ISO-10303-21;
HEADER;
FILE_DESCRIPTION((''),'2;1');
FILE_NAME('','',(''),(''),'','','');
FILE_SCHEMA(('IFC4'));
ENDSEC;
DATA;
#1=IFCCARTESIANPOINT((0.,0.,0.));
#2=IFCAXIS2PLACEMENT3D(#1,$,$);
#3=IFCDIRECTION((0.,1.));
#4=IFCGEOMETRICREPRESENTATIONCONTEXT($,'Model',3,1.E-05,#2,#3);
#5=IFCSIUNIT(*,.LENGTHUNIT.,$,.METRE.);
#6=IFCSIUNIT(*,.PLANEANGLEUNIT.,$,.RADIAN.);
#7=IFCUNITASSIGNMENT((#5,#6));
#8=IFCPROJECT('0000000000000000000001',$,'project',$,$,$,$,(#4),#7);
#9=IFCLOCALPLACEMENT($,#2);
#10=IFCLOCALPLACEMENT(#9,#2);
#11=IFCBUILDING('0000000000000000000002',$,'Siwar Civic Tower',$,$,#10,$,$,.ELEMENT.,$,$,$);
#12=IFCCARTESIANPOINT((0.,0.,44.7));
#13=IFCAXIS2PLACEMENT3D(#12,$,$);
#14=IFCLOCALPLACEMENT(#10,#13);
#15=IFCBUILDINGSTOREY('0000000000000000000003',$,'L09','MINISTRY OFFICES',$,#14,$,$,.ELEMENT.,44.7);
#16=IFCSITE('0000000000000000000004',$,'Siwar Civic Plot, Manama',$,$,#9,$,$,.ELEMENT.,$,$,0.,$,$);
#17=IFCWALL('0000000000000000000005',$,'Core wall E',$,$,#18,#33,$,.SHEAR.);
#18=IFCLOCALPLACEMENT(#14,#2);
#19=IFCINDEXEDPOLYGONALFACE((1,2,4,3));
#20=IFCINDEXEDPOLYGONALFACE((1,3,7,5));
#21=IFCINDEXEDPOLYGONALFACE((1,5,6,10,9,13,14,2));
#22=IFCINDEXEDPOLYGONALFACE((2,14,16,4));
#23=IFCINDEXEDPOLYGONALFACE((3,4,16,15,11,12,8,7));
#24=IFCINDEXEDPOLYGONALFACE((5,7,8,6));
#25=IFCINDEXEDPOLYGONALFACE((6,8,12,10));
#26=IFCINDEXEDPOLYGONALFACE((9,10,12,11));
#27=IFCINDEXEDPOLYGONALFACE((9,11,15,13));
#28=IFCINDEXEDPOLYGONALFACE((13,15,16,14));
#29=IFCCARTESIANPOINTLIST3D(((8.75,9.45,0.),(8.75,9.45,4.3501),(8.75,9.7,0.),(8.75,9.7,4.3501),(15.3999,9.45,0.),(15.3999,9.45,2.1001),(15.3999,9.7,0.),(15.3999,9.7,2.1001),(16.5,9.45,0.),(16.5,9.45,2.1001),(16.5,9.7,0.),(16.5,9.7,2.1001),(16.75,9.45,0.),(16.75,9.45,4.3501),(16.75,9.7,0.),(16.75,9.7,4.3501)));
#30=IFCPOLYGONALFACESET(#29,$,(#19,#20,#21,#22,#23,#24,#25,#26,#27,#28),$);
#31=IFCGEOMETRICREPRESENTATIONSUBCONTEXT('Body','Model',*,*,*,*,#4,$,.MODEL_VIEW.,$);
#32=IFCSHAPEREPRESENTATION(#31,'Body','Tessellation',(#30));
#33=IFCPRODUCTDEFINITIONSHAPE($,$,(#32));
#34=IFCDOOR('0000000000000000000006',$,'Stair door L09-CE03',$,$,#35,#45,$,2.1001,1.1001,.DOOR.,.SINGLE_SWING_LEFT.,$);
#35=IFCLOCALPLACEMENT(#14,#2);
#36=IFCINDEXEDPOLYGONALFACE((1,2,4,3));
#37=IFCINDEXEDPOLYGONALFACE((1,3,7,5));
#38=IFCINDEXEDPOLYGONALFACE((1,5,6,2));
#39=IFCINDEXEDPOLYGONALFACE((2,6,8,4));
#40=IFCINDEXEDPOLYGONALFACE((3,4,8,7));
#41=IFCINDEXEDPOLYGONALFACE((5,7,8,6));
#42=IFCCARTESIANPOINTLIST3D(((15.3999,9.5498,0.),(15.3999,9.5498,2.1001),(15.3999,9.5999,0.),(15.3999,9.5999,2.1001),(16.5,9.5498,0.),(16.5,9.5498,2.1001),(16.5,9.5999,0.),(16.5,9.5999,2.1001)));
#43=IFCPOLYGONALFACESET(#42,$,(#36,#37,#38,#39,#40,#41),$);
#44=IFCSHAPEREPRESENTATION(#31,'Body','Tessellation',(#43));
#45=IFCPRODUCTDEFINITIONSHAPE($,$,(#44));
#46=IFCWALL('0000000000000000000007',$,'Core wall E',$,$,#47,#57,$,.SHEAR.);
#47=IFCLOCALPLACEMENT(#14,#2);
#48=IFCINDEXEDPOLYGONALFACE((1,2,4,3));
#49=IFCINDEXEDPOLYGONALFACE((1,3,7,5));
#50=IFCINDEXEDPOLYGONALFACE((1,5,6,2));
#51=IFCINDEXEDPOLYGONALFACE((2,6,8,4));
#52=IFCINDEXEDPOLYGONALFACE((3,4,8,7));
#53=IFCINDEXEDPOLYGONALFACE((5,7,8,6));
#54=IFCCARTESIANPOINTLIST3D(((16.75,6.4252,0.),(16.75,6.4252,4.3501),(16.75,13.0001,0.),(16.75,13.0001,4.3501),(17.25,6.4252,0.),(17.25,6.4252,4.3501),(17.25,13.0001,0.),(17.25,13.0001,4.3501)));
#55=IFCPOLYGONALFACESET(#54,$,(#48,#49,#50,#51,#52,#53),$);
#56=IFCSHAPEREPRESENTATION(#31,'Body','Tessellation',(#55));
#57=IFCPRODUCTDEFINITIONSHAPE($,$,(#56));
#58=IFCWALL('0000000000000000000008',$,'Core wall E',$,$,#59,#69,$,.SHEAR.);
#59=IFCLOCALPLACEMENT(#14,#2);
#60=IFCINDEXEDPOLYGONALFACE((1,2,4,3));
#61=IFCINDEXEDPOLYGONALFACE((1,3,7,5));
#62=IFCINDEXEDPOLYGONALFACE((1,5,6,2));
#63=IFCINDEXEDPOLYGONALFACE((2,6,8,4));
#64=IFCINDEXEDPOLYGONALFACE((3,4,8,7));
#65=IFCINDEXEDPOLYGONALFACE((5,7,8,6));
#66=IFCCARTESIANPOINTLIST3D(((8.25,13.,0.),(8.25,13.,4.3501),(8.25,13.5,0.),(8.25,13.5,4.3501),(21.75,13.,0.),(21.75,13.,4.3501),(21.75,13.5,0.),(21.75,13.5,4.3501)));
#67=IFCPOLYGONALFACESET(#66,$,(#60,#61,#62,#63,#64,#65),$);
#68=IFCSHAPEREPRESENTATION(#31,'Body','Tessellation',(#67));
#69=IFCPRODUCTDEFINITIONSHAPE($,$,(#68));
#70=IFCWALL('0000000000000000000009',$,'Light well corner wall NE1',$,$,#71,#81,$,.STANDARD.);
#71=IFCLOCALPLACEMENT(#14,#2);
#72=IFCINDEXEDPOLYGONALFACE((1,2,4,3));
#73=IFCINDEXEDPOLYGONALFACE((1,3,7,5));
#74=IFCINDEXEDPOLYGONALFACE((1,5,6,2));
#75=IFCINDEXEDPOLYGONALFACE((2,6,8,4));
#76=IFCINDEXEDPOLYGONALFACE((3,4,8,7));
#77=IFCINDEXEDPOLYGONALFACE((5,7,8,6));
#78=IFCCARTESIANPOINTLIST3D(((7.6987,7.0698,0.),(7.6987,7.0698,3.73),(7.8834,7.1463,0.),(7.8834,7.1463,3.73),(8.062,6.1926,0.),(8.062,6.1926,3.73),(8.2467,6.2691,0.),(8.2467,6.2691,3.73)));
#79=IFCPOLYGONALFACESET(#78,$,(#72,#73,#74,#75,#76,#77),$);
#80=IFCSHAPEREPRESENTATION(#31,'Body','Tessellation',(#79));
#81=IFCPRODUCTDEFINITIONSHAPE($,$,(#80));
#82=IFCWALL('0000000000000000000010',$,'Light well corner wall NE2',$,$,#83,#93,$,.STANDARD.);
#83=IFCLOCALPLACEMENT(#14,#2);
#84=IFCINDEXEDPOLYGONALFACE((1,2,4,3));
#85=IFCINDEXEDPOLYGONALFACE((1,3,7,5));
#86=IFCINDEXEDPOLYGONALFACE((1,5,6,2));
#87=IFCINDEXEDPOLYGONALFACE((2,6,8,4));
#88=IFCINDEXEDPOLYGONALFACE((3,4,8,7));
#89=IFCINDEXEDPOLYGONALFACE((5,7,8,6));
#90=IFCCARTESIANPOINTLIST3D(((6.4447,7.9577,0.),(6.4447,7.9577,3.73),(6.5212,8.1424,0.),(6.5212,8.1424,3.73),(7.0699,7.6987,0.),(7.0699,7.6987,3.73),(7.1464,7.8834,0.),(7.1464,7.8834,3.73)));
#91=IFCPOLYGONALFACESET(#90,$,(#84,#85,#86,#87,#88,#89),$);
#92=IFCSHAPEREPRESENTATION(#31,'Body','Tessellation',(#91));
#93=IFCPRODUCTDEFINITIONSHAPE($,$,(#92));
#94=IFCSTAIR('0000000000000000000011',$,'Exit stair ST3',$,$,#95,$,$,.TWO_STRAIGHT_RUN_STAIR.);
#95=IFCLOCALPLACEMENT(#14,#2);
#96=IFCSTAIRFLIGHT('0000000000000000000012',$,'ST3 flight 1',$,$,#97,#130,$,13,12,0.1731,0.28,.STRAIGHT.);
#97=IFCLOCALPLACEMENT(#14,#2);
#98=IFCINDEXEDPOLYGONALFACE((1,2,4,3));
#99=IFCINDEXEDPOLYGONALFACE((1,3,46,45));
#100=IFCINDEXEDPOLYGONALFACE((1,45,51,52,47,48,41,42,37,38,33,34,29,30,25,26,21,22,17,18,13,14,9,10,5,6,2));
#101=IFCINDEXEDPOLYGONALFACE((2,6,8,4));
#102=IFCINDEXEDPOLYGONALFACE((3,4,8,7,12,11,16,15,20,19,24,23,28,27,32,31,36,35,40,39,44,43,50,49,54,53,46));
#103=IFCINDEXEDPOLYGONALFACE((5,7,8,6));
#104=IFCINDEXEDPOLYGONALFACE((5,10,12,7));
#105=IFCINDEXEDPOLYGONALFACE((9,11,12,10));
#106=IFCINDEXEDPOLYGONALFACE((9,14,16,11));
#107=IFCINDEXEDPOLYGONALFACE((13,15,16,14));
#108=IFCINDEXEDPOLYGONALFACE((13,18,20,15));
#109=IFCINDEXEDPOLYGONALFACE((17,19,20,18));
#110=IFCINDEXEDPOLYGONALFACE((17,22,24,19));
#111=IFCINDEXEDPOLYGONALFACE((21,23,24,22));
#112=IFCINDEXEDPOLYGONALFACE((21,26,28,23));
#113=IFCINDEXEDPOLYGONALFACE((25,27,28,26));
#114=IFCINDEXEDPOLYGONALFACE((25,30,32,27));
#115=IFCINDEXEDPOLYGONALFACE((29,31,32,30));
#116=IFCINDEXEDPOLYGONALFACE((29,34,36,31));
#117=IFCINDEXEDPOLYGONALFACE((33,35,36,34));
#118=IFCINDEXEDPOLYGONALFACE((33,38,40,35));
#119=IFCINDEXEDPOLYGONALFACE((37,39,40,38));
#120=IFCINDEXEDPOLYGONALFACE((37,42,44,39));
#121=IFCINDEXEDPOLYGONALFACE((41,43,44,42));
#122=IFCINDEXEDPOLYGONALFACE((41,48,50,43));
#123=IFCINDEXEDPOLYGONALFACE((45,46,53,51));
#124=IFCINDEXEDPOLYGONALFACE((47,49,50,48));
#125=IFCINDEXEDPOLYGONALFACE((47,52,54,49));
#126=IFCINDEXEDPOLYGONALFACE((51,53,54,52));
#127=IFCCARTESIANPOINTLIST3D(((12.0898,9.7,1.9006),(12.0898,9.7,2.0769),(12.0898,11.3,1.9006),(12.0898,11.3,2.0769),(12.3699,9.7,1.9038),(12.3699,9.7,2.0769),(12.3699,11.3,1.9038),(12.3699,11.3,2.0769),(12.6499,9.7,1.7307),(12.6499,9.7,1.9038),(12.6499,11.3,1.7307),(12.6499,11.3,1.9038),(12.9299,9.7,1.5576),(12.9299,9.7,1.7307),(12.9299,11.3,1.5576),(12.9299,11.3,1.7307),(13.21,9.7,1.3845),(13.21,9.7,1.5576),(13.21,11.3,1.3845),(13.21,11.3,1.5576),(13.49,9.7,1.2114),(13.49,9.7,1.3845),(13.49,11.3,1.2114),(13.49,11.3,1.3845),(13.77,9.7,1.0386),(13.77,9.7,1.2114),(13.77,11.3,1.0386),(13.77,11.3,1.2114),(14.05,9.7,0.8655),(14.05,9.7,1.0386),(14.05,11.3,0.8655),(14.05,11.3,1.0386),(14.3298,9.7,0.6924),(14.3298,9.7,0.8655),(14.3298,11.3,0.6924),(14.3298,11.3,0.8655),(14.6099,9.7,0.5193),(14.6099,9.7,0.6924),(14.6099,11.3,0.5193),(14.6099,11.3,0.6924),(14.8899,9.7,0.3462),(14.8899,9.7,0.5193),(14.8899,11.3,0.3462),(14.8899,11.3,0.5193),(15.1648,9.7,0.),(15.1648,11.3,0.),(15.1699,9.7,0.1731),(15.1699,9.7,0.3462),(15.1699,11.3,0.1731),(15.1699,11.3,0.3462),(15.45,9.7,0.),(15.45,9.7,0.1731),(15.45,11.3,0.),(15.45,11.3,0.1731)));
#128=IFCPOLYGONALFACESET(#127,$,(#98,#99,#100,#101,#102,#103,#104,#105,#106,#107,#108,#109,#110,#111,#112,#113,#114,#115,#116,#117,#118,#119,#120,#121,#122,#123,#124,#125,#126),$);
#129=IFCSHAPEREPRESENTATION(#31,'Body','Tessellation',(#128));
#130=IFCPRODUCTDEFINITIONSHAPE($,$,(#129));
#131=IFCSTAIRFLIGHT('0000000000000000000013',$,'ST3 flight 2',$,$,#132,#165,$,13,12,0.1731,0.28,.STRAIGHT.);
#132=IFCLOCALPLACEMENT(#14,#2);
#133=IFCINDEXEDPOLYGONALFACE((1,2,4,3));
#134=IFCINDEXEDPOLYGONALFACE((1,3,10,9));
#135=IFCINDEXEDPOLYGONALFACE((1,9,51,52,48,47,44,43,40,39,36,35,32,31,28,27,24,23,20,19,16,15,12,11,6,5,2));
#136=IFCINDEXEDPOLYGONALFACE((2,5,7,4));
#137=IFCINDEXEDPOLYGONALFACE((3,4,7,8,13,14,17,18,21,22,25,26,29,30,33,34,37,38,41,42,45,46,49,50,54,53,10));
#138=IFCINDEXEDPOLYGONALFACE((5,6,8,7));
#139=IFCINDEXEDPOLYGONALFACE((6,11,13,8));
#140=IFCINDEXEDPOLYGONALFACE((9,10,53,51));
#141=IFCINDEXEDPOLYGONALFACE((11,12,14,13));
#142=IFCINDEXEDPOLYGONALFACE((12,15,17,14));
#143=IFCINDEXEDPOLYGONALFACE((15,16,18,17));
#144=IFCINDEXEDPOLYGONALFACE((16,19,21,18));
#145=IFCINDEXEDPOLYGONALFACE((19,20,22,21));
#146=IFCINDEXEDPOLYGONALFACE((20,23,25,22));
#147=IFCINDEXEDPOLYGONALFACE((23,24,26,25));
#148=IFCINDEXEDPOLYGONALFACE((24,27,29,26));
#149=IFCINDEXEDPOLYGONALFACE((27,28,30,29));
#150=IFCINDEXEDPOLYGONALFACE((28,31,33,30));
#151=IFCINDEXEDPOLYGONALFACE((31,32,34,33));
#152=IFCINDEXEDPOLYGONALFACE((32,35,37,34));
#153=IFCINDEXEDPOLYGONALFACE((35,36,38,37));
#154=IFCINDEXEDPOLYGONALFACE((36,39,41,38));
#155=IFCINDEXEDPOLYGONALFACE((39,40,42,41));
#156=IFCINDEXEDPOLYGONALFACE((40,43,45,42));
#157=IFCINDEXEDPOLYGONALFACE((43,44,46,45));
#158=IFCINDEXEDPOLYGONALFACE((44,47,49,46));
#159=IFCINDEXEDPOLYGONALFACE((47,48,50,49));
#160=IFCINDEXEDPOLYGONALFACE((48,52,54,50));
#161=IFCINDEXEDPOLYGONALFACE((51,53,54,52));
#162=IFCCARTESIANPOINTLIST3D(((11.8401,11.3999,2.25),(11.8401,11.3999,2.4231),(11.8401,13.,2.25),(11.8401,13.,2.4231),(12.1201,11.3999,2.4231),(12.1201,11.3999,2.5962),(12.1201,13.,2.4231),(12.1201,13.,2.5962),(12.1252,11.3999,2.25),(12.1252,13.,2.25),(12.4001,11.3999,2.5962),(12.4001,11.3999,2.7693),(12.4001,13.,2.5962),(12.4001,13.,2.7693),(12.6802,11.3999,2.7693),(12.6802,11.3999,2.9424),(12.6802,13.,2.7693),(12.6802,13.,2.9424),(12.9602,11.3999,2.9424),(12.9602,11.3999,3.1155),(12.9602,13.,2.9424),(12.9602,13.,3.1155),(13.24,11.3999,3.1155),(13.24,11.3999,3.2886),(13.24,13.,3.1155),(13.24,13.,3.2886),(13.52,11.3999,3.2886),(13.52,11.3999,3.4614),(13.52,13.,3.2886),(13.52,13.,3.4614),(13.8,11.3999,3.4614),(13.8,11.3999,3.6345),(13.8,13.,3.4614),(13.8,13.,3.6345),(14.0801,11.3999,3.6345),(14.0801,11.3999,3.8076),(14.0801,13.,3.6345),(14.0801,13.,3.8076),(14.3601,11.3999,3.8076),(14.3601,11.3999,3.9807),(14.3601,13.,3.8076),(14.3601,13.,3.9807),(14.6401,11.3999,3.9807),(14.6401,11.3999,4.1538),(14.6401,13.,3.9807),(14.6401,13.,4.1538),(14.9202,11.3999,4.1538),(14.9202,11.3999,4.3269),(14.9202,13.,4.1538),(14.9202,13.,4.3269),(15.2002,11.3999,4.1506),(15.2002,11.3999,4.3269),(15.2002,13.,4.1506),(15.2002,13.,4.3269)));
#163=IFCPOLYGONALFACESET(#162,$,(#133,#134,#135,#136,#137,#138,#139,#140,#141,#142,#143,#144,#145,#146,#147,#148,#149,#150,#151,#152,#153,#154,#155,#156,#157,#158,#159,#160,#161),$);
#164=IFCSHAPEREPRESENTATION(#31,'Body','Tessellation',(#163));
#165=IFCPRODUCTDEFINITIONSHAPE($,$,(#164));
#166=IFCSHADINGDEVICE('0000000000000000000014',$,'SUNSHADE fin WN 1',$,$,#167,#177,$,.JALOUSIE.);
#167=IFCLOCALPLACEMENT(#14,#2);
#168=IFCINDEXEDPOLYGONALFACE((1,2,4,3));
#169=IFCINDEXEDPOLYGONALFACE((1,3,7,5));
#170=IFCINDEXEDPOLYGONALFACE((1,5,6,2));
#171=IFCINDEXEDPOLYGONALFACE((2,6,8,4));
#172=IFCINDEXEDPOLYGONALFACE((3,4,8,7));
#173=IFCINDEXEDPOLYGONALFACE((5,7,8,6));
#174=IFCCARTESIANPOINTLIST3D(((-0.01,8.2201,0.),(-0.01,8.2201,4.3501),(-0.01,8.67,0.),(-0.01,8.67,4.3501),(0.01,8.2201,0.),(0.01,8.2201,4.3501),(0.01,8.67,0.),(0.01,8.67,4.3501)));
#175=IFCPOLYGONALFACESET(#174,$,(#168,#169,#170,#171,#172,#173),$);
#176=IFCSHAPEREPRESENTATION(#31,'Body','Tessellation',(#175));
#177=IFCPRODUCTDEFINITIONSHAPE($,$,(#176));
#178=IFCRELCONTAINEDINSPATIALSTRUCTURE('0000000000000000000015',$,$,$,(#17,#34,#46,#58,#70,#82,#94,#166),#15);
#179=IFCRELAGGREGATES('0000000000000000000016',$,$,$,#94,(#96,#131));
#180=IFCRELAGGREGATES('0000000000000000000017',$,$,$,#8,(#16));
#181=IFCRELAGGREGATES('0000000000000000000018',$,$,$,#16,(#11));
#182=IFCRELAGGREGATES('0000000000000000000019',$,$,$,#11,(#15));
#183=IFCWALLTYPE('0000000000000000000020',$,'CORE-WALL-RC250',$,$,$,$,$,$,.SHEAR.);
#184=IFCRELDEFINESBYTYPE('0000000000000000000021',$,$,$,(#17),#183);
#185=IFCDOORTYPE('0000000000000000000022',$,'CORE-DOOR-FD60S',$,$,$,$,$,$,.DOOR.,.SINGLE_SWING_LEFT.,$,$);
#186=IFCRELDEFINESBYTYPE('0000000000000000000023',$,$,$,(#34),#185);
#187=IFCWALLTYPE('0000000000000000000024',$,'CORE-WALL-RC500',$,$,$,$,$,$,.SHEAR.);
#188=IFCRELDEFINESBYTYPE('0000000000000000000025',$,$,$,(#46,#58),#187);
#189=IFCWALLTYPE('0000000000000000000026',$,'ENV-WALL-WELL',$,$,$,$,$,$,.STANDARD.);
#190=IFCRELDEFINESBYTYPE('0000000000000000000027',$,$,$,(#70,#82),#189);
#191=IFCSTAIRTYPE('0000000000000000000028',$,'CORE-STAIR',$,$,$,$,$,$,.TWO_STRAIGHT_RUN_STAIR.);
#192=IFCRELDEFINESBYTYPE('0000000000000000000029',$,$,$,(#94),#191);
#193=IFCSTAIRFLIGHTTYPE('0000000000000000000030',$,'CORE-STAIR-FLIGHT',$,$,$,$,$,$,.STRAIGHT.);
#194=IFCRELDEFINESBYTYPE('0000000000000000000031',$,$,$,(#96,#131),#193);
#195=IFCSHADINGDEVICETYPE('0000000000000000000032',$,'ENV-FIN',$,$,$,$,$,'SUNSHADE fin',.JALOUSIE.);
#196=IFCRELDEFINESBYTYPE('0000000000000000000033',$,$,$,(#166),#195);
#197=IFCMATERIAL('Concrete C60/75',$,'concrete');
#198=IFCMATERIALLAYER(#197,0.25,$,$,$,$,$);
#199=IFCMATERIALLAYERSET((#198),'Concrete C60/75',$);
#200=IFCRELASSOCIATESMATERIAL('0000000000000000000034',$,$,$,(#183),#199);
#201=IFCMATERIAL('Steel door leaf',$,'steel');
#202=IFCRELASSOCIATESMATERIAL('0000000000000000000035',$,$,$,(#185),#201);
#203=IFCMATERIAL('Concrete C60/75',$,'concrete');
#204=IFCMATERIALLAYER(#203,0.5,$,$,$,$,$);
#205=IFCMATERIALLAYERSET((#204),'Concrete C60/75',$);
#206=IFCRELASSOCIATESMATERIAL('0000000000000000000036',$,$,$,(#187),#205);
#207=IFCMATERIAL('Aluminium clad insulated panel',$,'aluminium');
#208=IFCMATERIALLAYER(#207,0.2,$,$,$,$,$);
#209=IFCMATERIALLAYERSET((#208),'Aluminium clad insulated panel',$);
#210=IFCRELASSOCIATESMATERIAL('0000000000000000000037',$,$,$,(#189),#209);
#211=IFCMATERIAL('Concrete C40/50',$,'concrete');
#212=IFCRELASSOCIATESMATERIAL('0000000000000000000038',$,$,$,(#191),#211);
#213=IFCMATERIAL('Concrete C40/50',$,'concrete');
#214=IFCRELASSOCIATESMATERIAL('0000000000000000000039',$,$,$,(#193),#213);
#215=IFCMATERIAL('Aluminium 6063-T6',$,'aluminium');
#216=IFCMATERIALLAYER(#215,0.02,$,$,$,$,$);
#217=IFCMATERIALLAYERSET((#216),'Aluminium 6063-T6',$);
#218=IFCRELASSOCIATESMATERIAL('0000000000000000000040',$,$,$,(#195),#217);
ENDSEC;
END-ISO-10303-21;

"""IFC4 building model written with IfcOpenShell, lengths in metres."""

from ifc_helpers import new_model, si_unit, direction, frame, frame_2d, origin, origin_2d, place, context, subcontext, project, spatial, polyline, rectangle, outline, extrude, material, layer, layer_set, type_object, element, fill, aggregate, save


model = new_model("IFC4")

# Units and contexts
model_context = context("Model", 3, precision=1e-05, world=origin(), true_north=direction((0.0, 1.0)))
body_context = subcontext(model_context, "Body", "Model", "MODEL_VIEW")
ifc_project = project(units=[si_unit("LENGTHUNIT", "METRE"), si_unit("PLANEANGLEUNIT", "RADIAN")], contexts=[model_context])

# Site, building, storey
site_placement = place(None, origin())
site = spatial("IfcSite", under=ifc_project, at=site_placement, Name="Siwar Civic Plot, Manama", CompositionType="ELEMENT", RefElevation=0.0)
building_placement = place(site_placement, origin())
building = spatial("IfcBuilding", under=site, at=building_placement, Name="Siwar Civic Tower", CompositionType="ELEMENT")
storey_placement = place(building_placement, frame((0.0, 0.0, 44.7)))
storey = spatial("IfcBuildingStorey", under=building, at=storey_placement, Name="L09", Description="MINISTRY OFFICES", CompositionType="ELEMENT", Elevation=44.7)

# Shared definitions
ifc_material_1 = material(Name="Concrete C60/75", Category="concrete")
ifc_layer_1 = layer(ifc_material_1, 0.25)
ifc_layer_set_1 = layer_set([ifc_layer_1], Name="Concrete C60/75")
wall_type_1 = type_object("IfcWallType", Name="CORE-WALL-RC250", PredefinedType="SHEAR", material=ifc_layer_set_1)

# Wall, opening, door
wall_1_placement = place(storey_placement, frame((8.75, 9.575, 0.0), z_axis=(0.0, 0.0, 1.0), x_axis=(1.0, 0.0, 0.0)))
wall_1 = element("IfcWall", 1, at=wall_1_placement, inside=storey, type_object=wall_type_1, Name="Core wall E", PredefinedType="SHEAR", context=body_context, shape_type="SweptSolid", body=[
    extrude(rectangle(XDim=8.0, YDim=0.25, at=frame_2d((4.0, 0.0))), origin(), (0.0, 0.0, 1.0), 4.3501),
])
opening_1_placement = place(wall_1_placement, frame((6.6499, 0.0, 0.0)))
opening_1 = element("IfcOpeningElement", 2, at=opening_1_placement, cuts=wall_1, PredefinedType="OPENING", context=body_context, shape_type="SweptSolid", body=[
    extrude(rectangle(XDim=1.1001, YDim=2.1001, at=frame_2d((0.55, 1.05))), frame((0.0, 0.135, 0.0), z_axis=(0.0, -1.0, 0.0), x_axis=(1.0, 0.0, 0.0)), (0.0, 0.0, 1.0), 0.27),
])
ifc_material_2 = material(Name="Steel door leaf", Category="steel")
door_type_1 = type_object("IfcDoorType", Name="CORE-DOOR-FD60S", OperationType="SINGLE_SWING_LEFT", PredefinedType="DOOR", material=ifc_material_2)
door_1_placement = place(opening_1_placement, origin())
door_1 = element("IfcDoor", 3, at=door_1_placement, inside=storey, type_object=door_type_1, Name="Stair door L09-CE03", OperationType="SINGLE_SWING_LEFT", OverallHeight=2.1001, OverallWidth=1.1001, PredefinedType="DOOR", context=body_context, shape_type="SweptSolid", body=[
    extrude(rectangle(XDim=1.1001, YDim=2.1001, at=frame_2d((0.55, 1.05))), frame((0.0, 0.0249, 0.0), z_axis=(0.0, -1.0, 0.0), x_axis=(1.0, 0.0, 0.0)), (0.0, 0.0, 1.0), 0.05),
])
fill(opening_1, door_1)

# Walls
ifc_material_3 = material(Name="Concrete C60/75", Category="concrete")
ifc_layer_2 = layer(ifc_material_3, 0.5)
ifc_layer_set_2 = layer_set([ifc_layer_2], Name="Concrete C60/75")
wall_type_2 = type_object("IfcWallType", Name="CORE-WALL-RC500", PredefinedType="SHEAR", material=ifc_layer_set_2)
wall_2_placement = place(storey_placement, frame((17.0, 6.425, 0.0), z_axis=(0.0, 0.0, 1.0), x_axis=(0.0, 1.0, 0.0)))
element("IfcWall", 4, at=wall_2_placement, inside=storey, type_object=wall_type_2, Name="Core wall E", PredefinedType="SHEAR", context=body_context, shape_type="SweptSolid", body=[
    extrude(rectangle(XDim=6.575, YDim=0.5, at=frame_2d((3.2876, 0.0))), origin(), (0.0, 0.0, 1.0), 4.3501),
])
wall_3_placement = place(storey_placement, frame((8.25, 13.25, 0.0), z_axis=(0.0, 0.0, 1.0), x_axis=(1.0, 0.0, 0.0)))
element("IfcWall", 5, at=wall_3_placement, inside=storey, type_object=wall_type_2, Name="Core wall E", PredefinedType="SHEAR", context=body_context, shape_type="SweptSolid", body=[
    extrude(rectangle(XDim=13.5, YDim=0.5, at=frame_2d((6.75, 0.0))), origin(), (0.0, 0.0, 1.0), 4.3501),
])
ifc_material_4 = material(Name="Aluminium clad insulated panel", Category="aluminium")
ifc_layer_3 = layer(ifc_material_4, 0.2)
ifc_layer_set_3 = layer_set([ifc_layer_3], Name="Aluminium clad insulated panel")
wall_type_3 = type_object("IfcWallType", Name="ENV-WALL-WELL", PredefinedType="STANDARD", material=ifc_layer_set_3)
wall_4_placement = place(storey_placement, frame((8.1543, 6.231, 0.0), z_axis=(0.0, 0.0, 1.0), x_axis=(-0.382624, 0.923904, 0.0)))
element("IfcWall", 6, at=wall_4_placement, inside=storey, type_object=wall_type_3, Name="Light well corner wall NE1", PredefinedType="STANDARD", context=body_context, shape_type="SweptSolid", body=[
    extrude(rectangle(XDim=0.9495, YDim=0.2, at=frame_2d((0.4746, 0.0))), origin(), (0.0, 0.0, 1.0), 3.73),
])
wall_5_placement = place(storey_placement, frame((7.1082, 7.791, 0.0), z_axis=(0.0, 0.0, 1.0), x_axis=(-0.923854, 0.382745, 0.0)))
element("IfcWall", 7, at=wall_5_placement, inside=storey, type_object=wall_type_3, Name="Light well corner wall NE2", PredefinedType="STANDARD", context=body_context, shape_type="SweptSolid", body=[
    extrude(rectangle(XDim=0.6768, YDim=0.2, at=frame_2d((0.3384, 0.0))), origin(), (0.0, 0.0, 1.0), 3.73),
])

# Stair, stair flights
ifc_material_5 = material(Name="Concrete C40/50", Category="concrete")
stair_type = type_object("IfcStairType", Name="CORE-STAIR", PredefinedType="TWO_STRAIGHT_RUN_STAIR", material=ifc_material_5)
stair_placement = place(storey_placement, origin())
stair = element("IfcStair", 8, at=stair_placement, inside=storey, type_object=stair_type, Name="Exit stair ST3", PredefinedType="TWO_STRAIGHT_RUN_STAIR")
ifc_material_6 = material(Name="Concrete C40/50", Category="concrete")
stair_flight_type = type_object("IfcStairFlightType", Name="CORE-STAIR-FLIGHT", PredefinedType="STRAIGHT", material=ifc_material_6)
stair_flight_1_placement = place(storey_placement, frame((15.45, 10.5, 0.0), z_axis=(0.0, 0.0, 1.0), x_axis=(-1.0, 0.0, 0.0)))
stair_flight_1 = element("IfcStairFlight", 9, at=stair_flight_1_placement, type_object=stair_flight_type, Name="ST3 flight 1", NumberOfRisers=13, NumberOfTreads=12, PredefinedType="STRAIGHT", RiserHeight=0.1731, TreadLength=0.28, context=body_context, shape_type="SweptSolid", body=[
    extrude(outline(polyline([(0.0, 0.0), (0.0, 0.1731), (0.28, 0.1731), (0.28, 0.3462), (0.5601, 0.3462), (0.5601, 0.5193), (0.8401, 0.5193), (0.8401, 0.6924), (1.1201, 0.6924), (1.1201, 0.8655), (1.3999, 0.8655), (1.3999, 1.0386), (1.6799, 1.0386), (1.6799, 1.2114), (1.96, 1.2114), (1.96, 1.3845), (2.24, 1.3845), (2.24, 1.5576), (2.52, 1.5576), (2.52, 1.7307), (2.8, 1.7307), (2.8, 1.9038), (3.0801, 1.9038), (3.0801, 2.0769), (3.3601, 2.0769), (3.3601, 2.25), (3.3601, 1.9006), (0.2852, 0.0), (0.0, 0.0)])), frame((0.0, 0.8, 0.0), z_axis=(0.0, -1.0, 0.0), x_axis=(1.0, 0.0, 0.0)), (0.0, 0.0, 1.0), 1.6001),
])
stair_flight_2_placement = place(storey_placement, frame((11.8401, 12.2, 2.25), z_axis=(0.0, 0.0, 1.0), x_axis=(1.0, 0.0, 0.0)))
stair_flight_2 = element("IfcStairFlight", 10, at=stair_flight_2_placement, type_object=stair_flight_type, Name="ST3 flight 2", NumberOfRisers=13, NumberOfTreads=12, PredefinedType="STRAIGHT", RiserHeight=0.1731, TreadLength=0.28, context=body_context, shape_type="SweptSolid", body=[
    extrude(outline(polyline([(0.0, 0.0), (0.0, 0.1731), (0.28, 0.1731), (0.28, 0.3462), (0.5601, 0.3462), (0.5601, 0.5193), (0.8401, 0.5193), (0.8401, 0.6924), (1.1201, 0.6924), (1.1201, 0.8655), (1.3999, 0.8655), (1.3999, 1.0386), (1.6799, 1.0386), (1.6799, 1.2114), (1.96, 1.2114), (1.96, 1.3845), (2.24, 1.3845), (2.24, 1.5576), (2.52, 1.5576), (2.52, 1.7307), (2.8, 1.7307), (2.8, 1.9038), (3.0801, 1.9038), (3.0801, 2.0769), (3.3601, 2.0769), (3.3601, 2.25), (3.3601, 1.9006), (0.2852, 0.0), (0.0, 0.0)])), frame((0.0, 0.8, 0.0), z_axis=(0.0, -1.0, 0.0), x_axis=(1.0, 0.0, 0.0)), (0.0, 0.0, 1.0), 1.6001),
])
aggregate(stair, [stair_flight_1, stair_flight_2])

# Shading device
ifc_material_7 = material(Name="Aluminium 6063-T6", Category="aluminium")
ifc_layer_4 = layer(ifc_material_7, 0.02)
ifc_layer_set_4 = layer_set([ifc_layer_4], Name="Aluminium 6063-T6")
shading_device_type = type_object("IfcShadingDeviceType", Name="ENV-FIN", ElementType="SUNSHADE fin", PredefinedType="JALOUSIE", material=ifc_layer_set_4)
shading_device_placement = place(storey_placement, frame((0.0, 8.4451, 0.0), z_axis=(0.0, 0.0, 1.0), x_axis=(-1.0, 0.0, 0.0)))
element("IfcShadingDevice", 11, at=shading_device_placement, inside=storey, type_object=shading_device_type, Name="SUNSHADE fin WN 1", PredefinedType="JALOUSIE", context=body_context, shape_type="SweptSolid", body=[
    extrude(rectangle(XDim=0.02, YDim=0.45, at=origin_2d()), origin(), (0.0, 0.0, 1.0), 4.3501),
])

save(model, "model.ifc")
